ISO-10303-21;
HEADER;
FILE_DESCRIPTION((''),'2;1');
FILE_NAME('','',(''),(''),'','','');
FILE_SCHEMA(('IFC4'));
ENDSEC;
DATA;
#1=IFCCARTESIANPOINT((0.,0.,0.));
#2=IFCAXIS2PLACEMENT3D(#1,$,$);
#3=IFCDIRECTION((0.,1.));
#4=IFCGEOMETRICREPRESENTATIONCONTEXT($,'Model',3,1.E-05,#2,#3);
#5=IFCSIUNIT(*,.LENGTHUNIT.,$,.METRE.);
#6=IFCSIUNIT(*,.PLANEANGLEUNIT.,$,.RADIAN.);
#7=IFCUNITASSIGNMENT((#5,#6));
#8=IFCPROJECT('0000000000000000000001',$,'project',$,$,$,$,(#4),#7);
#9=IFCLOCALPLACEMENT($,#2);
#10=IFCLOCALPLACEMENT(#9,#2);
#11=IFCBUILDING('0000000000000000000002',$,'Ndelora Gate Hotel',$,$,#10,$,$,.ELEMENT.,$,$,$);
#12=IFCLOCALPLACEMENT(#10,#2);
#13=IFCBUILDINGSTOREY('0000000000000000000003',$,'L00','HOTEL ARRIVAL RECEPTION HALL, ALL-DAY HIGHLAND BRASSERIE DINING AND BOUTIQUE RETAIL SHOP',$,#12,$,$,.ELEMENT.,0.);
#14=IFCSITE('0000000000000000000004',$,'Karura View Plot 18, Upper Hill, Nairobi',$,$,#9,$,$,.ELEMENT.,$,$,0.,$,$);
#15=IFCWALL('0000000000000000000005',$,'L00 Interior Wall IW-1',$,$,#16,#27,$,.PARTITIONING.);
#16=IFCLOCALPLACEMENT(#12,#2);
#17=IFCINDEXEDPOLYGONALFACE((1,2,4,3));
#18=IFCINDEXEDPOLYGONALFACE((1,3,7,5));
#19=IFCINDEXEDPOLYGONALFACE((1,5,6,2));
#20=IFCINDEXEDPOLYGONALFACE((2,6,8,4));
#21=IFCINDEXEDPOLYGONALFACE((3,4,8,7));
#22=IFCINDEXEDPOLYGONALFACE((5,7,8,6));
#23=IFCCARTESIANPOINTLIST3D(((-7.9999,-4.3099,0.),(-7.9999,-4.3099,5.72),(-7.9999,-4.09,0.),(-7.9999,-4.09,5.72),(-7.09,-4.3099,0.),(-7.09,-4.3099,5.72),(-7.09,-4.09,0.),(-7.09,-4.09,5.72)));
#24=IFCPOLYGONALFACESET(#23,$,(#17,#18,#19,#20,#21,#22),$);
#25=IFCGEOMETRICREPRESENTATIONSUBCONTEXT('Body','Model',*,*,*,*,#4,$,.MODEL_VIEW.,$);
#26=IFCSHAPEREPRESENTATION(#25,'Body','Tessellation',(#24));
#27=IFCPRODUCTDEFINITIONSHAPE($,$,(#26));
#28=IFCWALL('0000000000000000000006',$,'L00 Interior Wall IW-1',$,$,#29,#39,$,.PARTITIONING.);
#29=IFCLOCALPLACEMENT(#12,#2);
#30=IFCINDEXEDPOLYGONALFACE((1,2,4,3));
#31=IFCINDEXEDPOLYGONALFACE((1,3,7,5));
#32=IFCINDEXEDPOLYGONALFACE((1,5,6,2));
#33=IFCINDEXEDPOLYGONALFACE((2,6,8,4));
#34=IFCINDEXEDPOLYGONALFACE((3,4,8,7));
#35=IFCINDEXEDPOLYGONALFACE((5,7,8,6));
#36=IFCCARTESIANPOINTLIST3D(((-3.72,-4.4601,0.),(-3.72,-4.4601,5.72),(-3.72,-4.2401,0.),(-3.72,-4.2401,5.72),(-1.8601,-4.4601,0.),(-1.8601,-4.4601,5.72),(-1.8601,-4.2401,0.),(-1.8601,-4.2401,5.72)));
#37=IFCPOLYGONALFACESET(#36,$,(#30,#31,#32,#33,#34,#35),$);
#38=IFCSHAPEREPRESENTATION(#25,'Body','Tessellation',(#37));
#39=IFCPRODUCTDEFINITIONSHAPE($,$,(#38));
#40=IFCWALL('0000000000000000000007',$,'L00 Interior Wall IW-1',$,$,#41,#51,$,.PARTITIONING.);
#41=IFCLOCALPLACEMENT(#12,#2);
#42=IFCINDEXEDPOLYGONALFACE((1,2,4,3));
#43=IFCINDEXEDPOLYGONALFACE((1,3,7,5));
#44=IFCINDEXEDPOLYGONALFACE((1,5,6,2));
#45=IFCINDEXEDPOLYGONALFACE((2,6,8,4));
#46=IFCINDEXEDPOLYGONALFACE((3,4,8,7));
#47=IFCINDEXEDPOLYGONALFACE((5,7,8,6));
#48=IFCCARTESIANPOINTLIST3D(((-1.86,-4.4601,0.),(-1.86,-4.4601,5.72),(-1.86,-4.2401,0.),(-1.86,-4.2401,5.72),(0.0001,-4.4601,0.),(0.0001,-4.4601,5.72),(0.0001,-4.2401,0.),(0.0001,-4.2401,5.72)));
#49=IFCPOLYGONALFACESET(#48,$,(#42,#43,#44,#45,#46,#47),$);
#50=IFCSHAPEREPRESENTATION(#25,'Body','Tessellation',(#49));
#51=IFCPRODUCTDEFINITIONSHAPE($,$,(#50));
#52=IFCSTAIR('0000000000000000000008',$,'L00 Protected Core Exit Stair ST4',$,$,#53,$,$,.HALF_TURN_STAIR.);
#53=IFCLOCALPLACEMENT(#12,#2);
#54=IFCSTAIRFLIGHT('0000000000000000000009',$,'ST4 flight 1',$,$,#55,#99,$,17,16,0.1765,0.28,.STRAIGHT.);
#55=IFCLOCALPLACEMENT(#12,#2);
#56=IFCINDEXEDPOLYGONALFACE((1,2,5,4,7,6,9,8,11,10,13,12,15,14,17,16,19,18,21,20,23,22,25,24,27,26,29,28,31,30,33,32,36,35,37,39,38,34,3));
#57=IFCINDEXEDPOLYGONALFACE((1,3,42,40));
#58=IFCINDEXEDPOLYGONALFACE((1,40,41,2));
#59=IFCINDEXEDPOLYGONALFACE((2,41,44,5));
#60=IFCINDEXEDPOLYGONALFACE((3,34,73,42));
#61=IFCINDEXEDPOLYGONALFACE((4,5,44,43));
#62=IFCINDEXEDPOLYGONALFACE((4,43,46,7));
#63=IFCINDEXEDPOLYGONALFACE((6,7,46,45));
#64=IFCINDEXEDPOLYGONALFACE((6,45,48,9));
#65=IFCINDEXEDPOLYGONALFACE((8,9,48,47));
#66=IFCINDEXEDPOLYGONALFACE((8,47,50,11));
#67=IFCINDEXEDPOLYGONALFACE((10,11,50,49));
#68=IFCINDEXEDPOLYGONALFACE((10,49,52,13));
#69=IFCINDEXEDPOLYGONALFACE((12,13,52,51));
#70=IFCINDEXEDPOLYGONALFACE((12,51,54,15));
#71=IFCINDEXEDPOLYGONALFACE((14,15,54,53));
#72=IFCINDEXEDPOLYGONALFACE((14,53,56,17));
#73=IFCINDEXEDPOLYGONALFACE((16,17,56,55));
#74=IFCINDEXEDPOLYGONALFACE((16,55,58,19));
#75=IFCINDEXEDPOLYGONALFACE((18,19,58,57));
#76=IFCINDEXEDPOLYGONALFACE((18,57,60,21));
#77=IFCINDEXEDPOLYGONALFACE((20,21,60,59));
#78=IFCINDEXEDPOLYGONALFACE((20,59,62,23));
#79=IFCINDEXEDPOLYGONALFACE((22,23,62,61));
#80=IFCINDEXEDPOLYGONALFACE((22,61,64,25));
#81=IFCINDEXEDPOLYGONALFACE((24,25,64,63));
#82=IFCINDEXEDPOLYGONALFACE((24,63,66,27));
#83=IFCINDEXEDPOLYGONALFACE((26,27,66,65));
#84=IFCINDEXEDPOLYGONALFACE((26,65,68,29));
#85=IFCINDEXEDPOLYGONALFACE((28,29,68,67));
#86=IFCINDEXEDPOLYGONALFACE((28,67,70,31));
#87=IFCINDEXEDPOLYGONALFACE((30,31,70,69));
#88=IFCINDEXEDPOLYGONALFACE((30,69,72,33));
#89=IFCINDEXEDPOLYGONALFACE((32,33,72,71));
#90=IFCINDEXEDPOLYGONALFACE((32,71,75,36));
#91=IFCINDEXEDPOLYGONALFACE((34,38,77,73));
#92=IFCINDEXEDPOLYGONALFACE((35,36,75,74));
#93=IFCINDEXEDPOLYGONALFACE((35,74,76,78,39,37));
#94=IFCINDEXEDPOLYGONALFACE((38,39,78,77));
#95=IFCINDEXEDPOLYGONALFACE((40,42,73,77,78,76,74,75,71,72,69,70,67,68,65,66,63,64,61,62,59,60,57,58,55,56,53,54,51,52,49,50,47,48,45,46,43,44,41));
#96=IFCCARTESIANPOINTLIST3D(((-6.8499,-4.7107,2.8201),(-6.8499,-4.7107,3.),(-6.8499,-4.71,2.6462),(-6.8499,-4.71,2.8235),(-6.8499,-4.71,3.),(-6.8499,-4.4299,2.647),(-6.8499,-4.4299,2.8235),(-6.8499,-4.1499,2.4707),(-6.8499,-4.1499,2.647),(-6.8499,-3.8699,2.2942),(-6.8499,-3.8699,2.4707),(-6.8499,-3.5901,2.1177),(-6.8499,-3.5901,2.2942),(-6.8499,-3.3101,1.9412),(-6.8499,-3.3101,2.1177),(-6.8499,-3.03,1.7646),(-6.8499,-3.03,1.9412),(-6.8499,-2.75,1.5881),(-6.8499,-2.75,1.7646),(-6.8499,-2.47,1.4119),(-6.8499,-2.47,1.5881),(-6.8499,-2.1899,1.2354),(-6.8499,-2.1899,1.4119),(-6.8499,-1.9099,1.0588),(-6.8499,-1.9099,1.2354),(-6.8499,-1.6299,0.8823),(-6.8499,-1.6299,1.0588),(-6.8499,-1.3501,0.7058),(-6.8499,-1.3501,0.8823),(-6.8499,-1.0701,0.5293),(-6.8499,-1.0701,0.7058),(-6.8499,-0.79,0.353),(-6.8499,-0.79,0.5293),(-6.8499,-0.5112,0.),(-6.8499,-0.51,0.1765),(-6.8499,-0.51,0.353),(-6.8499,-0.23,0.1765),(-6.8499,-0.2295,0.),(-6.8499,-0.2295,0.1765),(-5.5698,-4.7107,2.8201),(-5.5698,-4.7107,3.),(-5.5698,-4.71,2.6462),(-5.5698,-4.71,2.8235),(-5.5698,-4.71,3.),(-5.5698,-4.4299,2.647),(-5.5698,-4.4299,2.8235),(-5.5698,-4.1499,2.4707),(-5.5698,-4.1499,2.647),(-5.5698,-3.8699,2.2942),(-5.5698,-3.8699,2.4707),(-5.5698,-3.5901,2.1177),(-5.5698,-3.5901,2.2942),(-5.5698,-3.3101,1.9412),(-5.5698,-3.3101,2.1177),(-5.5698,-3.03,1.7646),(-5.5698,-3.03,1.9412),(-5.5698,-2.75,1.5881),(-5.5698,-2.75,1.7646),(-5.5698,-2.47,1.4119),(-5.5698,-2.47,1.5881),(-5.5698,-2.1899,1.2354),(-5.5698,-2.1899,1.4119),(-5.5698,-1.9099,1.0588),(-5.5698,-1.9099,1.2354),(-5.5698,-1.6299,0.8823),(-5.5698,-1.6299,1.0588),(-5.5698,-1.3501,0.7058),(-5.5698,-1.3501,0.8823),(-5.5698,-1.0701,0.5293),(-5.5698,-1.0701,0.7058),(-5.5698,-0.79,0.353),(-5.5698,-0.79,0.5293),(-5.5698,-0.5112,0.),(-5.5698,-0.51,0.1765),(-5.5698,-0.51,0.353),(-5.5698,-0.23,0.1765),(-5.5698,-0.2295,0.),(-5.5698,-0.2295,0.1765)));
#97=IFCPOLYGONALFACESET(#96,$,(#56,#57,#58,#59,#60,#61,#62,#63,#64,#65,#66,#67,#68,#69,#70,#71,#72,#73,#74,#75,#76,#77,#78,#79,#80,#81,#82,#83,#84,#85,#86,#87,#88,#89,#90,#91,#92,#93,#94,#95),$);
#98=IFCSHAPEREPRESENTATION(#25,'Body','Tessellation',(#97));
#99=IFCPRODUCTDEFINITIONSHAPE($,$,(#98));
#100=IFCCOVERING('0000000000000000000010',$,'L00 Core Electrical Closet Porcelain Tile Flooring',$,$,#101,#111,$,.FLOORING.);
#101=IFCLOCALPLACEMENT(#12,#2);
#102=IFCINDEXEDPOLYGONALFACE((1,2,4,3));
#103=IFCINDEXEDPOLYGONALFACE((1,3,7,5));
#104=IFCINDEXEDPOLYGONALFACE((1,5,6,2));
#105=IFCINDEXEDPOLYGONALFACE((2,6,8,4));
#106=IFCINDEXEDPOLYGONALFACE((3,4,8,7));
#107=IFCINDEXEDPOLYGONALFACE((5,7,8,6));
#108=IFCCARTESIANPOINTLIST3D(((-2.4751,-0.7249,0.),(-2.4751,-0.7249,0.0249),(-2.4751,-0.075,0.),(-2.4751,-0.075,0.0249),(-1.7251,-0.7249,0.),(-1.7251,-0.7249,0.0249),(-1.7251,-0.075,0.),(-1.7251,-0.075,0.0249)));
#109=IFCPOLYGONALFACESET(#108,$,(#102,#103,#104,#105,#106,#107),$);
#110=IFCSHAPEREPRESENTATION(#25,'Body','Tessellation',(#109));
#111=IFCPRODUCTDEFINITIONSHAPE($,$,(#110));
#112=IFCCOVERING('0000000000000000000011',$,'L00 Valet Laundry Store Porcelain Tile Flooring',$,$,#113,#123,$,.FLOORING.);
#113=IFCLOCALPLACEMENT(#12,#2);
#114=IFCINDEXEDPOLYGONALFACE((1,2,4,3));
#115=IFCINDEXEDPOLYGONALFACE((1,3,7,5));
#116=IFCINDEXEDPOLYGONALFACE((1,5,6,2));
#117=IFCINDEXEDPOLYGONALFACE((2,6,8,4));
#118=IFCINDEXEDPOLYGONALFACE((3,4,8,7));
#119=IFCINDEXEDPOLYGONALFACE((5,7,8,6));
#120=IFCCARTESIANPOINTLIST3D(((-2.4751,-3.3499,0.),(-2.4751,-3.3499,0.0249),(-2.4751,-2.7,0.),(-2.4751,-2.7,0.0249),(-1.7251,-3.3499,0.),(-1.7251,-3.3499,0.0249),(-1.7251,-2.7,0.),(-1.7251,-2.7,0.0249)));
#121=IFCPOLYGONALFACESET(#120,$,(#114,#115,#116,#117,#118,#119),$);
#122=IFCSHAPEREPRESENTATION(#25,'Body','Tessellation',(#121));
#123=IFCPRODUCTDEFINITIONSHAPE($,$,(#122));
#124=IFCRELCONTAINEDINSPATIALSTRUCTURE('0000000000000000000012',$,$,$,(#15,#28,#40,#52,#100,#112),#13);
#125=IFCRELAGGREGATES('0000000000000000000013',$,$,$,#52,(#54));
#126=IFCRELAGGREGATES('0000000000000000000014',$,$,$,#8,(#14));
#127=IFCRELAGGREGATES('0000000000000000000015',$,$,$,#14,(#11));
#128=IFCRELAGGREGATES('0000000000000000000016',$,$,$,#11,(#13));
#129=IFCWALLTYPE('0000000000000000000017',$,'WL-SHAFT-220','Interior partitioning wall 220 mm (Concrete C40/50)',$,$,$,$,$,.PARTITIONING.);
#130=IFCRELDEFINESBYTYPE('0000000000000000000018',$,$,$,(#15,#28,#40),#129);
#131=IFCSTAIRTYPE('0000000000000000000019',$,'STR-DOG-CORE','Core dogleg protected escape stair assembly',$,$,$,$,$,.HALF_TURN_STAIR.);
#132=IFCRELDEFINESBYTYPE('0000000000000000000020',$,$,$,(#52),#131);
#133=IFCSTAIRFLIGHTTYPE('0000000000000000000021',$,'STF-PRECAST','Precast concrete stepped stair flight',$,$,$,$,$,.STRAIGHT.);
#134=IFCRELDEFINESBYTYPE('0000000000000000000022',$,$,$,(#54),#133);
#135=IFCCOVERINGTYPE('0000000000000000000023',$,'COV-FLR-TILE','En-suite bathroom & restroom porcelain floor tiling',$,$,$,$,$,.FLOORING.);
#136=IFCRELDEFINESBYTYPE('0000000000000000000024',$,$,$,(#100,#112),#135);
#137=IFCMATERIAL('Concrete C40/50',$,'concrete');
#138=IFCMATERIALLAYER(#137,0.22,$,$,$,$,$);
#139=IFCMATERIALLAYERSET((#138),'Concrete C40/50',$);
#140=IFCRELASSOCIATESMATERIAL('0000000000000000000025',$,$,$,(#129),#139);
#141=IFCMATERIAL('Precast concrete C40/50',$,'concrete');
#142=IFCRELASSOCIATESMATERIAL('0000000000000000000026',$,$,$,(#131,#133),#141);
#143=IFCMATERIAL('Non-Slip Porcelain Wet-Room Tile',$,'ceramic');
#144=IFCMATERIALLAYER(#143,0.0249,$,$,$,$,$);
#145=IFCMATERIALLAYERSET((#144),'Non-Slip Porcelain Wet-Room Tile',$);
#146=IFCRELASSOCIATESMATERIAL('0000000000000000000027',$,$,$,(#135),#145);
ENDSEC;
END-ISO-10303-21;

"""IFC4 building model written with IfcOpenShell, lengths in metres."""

from ifc_helpers import new_model, si_unit, direction, frame, frame_2d, origin, origin_2d, place, context, subcontext, project, spatial, polyline, rectangle, outline, extrude, material, layer, layer_set, type_object, element, aggregate, save


model = new_model("IFC4")

# Units and contexts
model_context = context("Model", 3, precision=1e-05, world=origin(), true_north=direction((0.0, 1.0)))
body_context = subcontext(model_context, "Body", "Model", "MODEL_VIEW")
ifc_project = project(units=[si_unit("LENGTHUNIT", "METRE"), si_unit("PLANEANGLEUNIT", "RADIAN")], contexts=[model_context])

# Site, building, storey
site_placement = place(None, origin())
site = spatial("IfcSite", under=ifc_project, at=site_placement, Name="Karura View Plot 18, Upper Hill, Nairobi", CompositionType="ELEMENT", RefElevation=0.0)
building_placement = place(site_placement, origin())
building = spatial("IfcBuilding", under=site, at=building_placement, Name="Ndelora Gate Hotel", CompositionType="ELEMENT")
storey_placement = place(building_placement, origin())
storey = spatial("IfcBuildingStorey", under=building, at=storey_placement, Name="L00", Description="HOTEL ARRIVAL RECEPTION HALL, ALL-DAY HIGHLAND BRASSERIE DINING AND BOUTIQUE RETAIL SHOP", CompositionType="ELEMENT", Elevation=0.0)

# Shared definitions
ifc_material_1 = material(Name="Precast concrete C40/50", Category="concrete")
ifc_material_2 = material(Name="Concrete C40/50", Category="concrete")

# Walls
ifc_layer_1 = layer(ifc_material_2, 0.22)
ifc_layer_set_1 = layer_set([ifc_layer_1], Name="Concrete C40/50")
wall_type_1 = type_object("IfcWallType", Name="WL-SHAFT-220", Description="Interior partitioning wall 220 mm (Concrete C40/50)", PredefinedType="PARTITIONING", material=ifc_layer_set_1)
wall_1_placement = place(storey_placement, frame((-8.0, -4.2, 0.0), z_axis=(0.0, 0.0, 1.0), x_axis=(1.0, 0.0, 0.0)))
element("IfcWall", 1, at=wall_1_placement, inside=storey, type_object=wall_type_1, Name="L00 Interior Wall IW-1", PredefinedType="PARTITIONING", context=body_context, shape_type="SweptSolid", body=[
    extrude(rectangle(XDim=0.9099, YDim=0.22, at=frame_2d((0.4551, 0.0))), origin(), (0.0, 0.0, 1.0), 5.72),
])
wall_2_placement = place(storey_placement, frame((-3.72, -4.3501, 0.0), z_axis=(0.0, 0.0, 1.0), x_axis=(1.0, 0.0, 0.0)))
element("IfcWall", 2, at=wall_2_placement, inside=storey, type_object=wall_type_1, Name="L00 Interior Wall IW-1", PredefinedType="PARTITIONING", context=body_context, shape_type="SweptSolid", body=[
    extrude(rectangle(XDim=1.8599, YDim=0.22, at=frame_2d((0.9299, 0.0))), origin(), (0.0, 0.0, 1.0), 5.72),
])
wall_3_placement = place(storey_placement, frame((-1.8601, -4.3501, 0.0), z_axis=(0.0, 0.0, 1.0), x_axis=(1.0, 0.0, 0.0)))
element("IfcWall", 3, at=wall_3_placement, inside=storey, type_object=wall_type_1, Name="L00 Interior Wall IW-1", PredefinedType="PARTITIONING", context=body_context, shape_type="SweptSolid", body=[
    extrude(rectangle(XDim=1.8601, YDim=0.22, at=frame_2d((0.9302, 0.0))), origin(), (0.0, 0.0, 1.0), 5.72),
])

# Stair, stair flight
stair_type = type_object("IfcStairType", Name="STR-DOG-CORE", Description="Core dogleg protected escape stair assembly", PredefinedType="HALF_TURN_STAIR", material=ifc_material_1)
stair_placement = place(storey_placement, origin())
stair = element("IfcStair", 4, at=stair_placement, inside=storey, type_object=stair_type, Name="L00 Protected Core Exit Stair ST4", PredefinedType="HALF_TURN_STAIR")
stair_flight_type = type_object("IfcStairFlightType", Name="STF-PRECAST", Description="Precast concrete stepped stair flight", PredefinedType="STRAIGHT", material=ifc_material_1)
stair_flight_placement = place(storey_placement, frame((-6.21, -0.23, 0.0), z_axis=(0.0, 0.0, 1.0), x_axis=(0.0, -1.0, 0.0)))
stair_flight = element("IfcStairFlight", 5, at=stair_flight_placement, type_object=stair_flight_type, Name="ST4 flight 1", NumberOfRisers=17, NumberOfTreads=16, PredefinedType="STRAIGHT", RiserHeight=0.1765, TreadLength=0.28, context=body_context, shape_type="SweptSolid", body=[
    extrude(outline(polyline([(-0.0005, 0.0), (-0.0005, 0.1765), (0.0, 0.1765), (0.28, 0.1765), (0.28, 0.353), (0.5601, 0.353), (0.5601, 0.5293), (0.8401, 0.5293), (0.8401, 0.7058), (1.1201, 0.7058), (1.1201, 0.8823), (1.3999, 0.8823), (1.3999, 1.0588), (1.6799, 1.0588), (1.6799, 1.2354), (1.96, 1.2354), (1.96, 1.4119), (2.24, 1.4119), (2.24, 1.5881), (2.52, 1.5881), (2.52, 1.7646), (2.8, 1.7646), (2.8, 1.9412), (3.0801, 1.9412), (3.0801, 2.1177), (3.3601, 2.1177), (3.3601, 2.2942), (3.6399, 2.2942), (3.6399, 2.4707), (3.9199, 2.4707), (3.9199, 2.647), (4.2, 2.647), (4.2, 2.8235), (4.48, 2.8235), (4.48, 3.0), (4.4807, 3.0), (4.4807, 2.8201), (4.48, 2.6462), (0.2812, 0.0), (-0.0005, 0.0)])), frame((0.0, 0.6401, 0.0), z_axis=(0.0, -1.0, 0.0), x_axis=(1.0, 0.0, 0.0)), (0.0, 0.0, 1.0), 1.28),
])
aggregate(stair, [stair_flight])

# Coverings
ifc_material_3 = material(Name="Non-Slip Porcelain Wet-Room Tile", Category="ceramic")
ifc_layer_2 = layer(ifc_material_3, 0.0249)
ifc_layer_set_2 = layer_set([ifc_layer_2], Name="Non-Slip Porcelain Wet-Room Tile")
covering_type = type_object("IfcCoveringType", Name="COV-FLR-TILE", Description="En-suite bathroom & restroom porcelain floor tiling", PredefinedType="FLOORING", material=ifc_layer_set_2)
for number, where, z_axis, x_axis, name in (
    (6, (-2.1001, -0.3999, 0.0), (0.0, 0.0, 1.0), (1.0, 0.0, 0.0), "L00 Core Electrical Closet Porcelain Tile Flooring"),
    (7, (-2.1001, -3.0249, 0.0), (0.0, 0.0, 1.0), (1.0, 0.0, 0.0), "L00 Valet Laundry Store Porcelain Tile Flooring"),
):
    element("IfcCovering", number, at=place(storey_placement, frame(where, z_axis=z_axis, x_axis=x_axis)), inside=storey, type_object=covering_type, Name=name, PredefinedType="FLOORING", context=body_context, shape_type="SweptSolid", body=[
        extrude(rectangle(XDim=0.75, YDim=0.6499, at=origin_2d()), origin(), (0.0, 0.0, 1.0), 0.0249),
    ])

save(model, "model.ifc")
